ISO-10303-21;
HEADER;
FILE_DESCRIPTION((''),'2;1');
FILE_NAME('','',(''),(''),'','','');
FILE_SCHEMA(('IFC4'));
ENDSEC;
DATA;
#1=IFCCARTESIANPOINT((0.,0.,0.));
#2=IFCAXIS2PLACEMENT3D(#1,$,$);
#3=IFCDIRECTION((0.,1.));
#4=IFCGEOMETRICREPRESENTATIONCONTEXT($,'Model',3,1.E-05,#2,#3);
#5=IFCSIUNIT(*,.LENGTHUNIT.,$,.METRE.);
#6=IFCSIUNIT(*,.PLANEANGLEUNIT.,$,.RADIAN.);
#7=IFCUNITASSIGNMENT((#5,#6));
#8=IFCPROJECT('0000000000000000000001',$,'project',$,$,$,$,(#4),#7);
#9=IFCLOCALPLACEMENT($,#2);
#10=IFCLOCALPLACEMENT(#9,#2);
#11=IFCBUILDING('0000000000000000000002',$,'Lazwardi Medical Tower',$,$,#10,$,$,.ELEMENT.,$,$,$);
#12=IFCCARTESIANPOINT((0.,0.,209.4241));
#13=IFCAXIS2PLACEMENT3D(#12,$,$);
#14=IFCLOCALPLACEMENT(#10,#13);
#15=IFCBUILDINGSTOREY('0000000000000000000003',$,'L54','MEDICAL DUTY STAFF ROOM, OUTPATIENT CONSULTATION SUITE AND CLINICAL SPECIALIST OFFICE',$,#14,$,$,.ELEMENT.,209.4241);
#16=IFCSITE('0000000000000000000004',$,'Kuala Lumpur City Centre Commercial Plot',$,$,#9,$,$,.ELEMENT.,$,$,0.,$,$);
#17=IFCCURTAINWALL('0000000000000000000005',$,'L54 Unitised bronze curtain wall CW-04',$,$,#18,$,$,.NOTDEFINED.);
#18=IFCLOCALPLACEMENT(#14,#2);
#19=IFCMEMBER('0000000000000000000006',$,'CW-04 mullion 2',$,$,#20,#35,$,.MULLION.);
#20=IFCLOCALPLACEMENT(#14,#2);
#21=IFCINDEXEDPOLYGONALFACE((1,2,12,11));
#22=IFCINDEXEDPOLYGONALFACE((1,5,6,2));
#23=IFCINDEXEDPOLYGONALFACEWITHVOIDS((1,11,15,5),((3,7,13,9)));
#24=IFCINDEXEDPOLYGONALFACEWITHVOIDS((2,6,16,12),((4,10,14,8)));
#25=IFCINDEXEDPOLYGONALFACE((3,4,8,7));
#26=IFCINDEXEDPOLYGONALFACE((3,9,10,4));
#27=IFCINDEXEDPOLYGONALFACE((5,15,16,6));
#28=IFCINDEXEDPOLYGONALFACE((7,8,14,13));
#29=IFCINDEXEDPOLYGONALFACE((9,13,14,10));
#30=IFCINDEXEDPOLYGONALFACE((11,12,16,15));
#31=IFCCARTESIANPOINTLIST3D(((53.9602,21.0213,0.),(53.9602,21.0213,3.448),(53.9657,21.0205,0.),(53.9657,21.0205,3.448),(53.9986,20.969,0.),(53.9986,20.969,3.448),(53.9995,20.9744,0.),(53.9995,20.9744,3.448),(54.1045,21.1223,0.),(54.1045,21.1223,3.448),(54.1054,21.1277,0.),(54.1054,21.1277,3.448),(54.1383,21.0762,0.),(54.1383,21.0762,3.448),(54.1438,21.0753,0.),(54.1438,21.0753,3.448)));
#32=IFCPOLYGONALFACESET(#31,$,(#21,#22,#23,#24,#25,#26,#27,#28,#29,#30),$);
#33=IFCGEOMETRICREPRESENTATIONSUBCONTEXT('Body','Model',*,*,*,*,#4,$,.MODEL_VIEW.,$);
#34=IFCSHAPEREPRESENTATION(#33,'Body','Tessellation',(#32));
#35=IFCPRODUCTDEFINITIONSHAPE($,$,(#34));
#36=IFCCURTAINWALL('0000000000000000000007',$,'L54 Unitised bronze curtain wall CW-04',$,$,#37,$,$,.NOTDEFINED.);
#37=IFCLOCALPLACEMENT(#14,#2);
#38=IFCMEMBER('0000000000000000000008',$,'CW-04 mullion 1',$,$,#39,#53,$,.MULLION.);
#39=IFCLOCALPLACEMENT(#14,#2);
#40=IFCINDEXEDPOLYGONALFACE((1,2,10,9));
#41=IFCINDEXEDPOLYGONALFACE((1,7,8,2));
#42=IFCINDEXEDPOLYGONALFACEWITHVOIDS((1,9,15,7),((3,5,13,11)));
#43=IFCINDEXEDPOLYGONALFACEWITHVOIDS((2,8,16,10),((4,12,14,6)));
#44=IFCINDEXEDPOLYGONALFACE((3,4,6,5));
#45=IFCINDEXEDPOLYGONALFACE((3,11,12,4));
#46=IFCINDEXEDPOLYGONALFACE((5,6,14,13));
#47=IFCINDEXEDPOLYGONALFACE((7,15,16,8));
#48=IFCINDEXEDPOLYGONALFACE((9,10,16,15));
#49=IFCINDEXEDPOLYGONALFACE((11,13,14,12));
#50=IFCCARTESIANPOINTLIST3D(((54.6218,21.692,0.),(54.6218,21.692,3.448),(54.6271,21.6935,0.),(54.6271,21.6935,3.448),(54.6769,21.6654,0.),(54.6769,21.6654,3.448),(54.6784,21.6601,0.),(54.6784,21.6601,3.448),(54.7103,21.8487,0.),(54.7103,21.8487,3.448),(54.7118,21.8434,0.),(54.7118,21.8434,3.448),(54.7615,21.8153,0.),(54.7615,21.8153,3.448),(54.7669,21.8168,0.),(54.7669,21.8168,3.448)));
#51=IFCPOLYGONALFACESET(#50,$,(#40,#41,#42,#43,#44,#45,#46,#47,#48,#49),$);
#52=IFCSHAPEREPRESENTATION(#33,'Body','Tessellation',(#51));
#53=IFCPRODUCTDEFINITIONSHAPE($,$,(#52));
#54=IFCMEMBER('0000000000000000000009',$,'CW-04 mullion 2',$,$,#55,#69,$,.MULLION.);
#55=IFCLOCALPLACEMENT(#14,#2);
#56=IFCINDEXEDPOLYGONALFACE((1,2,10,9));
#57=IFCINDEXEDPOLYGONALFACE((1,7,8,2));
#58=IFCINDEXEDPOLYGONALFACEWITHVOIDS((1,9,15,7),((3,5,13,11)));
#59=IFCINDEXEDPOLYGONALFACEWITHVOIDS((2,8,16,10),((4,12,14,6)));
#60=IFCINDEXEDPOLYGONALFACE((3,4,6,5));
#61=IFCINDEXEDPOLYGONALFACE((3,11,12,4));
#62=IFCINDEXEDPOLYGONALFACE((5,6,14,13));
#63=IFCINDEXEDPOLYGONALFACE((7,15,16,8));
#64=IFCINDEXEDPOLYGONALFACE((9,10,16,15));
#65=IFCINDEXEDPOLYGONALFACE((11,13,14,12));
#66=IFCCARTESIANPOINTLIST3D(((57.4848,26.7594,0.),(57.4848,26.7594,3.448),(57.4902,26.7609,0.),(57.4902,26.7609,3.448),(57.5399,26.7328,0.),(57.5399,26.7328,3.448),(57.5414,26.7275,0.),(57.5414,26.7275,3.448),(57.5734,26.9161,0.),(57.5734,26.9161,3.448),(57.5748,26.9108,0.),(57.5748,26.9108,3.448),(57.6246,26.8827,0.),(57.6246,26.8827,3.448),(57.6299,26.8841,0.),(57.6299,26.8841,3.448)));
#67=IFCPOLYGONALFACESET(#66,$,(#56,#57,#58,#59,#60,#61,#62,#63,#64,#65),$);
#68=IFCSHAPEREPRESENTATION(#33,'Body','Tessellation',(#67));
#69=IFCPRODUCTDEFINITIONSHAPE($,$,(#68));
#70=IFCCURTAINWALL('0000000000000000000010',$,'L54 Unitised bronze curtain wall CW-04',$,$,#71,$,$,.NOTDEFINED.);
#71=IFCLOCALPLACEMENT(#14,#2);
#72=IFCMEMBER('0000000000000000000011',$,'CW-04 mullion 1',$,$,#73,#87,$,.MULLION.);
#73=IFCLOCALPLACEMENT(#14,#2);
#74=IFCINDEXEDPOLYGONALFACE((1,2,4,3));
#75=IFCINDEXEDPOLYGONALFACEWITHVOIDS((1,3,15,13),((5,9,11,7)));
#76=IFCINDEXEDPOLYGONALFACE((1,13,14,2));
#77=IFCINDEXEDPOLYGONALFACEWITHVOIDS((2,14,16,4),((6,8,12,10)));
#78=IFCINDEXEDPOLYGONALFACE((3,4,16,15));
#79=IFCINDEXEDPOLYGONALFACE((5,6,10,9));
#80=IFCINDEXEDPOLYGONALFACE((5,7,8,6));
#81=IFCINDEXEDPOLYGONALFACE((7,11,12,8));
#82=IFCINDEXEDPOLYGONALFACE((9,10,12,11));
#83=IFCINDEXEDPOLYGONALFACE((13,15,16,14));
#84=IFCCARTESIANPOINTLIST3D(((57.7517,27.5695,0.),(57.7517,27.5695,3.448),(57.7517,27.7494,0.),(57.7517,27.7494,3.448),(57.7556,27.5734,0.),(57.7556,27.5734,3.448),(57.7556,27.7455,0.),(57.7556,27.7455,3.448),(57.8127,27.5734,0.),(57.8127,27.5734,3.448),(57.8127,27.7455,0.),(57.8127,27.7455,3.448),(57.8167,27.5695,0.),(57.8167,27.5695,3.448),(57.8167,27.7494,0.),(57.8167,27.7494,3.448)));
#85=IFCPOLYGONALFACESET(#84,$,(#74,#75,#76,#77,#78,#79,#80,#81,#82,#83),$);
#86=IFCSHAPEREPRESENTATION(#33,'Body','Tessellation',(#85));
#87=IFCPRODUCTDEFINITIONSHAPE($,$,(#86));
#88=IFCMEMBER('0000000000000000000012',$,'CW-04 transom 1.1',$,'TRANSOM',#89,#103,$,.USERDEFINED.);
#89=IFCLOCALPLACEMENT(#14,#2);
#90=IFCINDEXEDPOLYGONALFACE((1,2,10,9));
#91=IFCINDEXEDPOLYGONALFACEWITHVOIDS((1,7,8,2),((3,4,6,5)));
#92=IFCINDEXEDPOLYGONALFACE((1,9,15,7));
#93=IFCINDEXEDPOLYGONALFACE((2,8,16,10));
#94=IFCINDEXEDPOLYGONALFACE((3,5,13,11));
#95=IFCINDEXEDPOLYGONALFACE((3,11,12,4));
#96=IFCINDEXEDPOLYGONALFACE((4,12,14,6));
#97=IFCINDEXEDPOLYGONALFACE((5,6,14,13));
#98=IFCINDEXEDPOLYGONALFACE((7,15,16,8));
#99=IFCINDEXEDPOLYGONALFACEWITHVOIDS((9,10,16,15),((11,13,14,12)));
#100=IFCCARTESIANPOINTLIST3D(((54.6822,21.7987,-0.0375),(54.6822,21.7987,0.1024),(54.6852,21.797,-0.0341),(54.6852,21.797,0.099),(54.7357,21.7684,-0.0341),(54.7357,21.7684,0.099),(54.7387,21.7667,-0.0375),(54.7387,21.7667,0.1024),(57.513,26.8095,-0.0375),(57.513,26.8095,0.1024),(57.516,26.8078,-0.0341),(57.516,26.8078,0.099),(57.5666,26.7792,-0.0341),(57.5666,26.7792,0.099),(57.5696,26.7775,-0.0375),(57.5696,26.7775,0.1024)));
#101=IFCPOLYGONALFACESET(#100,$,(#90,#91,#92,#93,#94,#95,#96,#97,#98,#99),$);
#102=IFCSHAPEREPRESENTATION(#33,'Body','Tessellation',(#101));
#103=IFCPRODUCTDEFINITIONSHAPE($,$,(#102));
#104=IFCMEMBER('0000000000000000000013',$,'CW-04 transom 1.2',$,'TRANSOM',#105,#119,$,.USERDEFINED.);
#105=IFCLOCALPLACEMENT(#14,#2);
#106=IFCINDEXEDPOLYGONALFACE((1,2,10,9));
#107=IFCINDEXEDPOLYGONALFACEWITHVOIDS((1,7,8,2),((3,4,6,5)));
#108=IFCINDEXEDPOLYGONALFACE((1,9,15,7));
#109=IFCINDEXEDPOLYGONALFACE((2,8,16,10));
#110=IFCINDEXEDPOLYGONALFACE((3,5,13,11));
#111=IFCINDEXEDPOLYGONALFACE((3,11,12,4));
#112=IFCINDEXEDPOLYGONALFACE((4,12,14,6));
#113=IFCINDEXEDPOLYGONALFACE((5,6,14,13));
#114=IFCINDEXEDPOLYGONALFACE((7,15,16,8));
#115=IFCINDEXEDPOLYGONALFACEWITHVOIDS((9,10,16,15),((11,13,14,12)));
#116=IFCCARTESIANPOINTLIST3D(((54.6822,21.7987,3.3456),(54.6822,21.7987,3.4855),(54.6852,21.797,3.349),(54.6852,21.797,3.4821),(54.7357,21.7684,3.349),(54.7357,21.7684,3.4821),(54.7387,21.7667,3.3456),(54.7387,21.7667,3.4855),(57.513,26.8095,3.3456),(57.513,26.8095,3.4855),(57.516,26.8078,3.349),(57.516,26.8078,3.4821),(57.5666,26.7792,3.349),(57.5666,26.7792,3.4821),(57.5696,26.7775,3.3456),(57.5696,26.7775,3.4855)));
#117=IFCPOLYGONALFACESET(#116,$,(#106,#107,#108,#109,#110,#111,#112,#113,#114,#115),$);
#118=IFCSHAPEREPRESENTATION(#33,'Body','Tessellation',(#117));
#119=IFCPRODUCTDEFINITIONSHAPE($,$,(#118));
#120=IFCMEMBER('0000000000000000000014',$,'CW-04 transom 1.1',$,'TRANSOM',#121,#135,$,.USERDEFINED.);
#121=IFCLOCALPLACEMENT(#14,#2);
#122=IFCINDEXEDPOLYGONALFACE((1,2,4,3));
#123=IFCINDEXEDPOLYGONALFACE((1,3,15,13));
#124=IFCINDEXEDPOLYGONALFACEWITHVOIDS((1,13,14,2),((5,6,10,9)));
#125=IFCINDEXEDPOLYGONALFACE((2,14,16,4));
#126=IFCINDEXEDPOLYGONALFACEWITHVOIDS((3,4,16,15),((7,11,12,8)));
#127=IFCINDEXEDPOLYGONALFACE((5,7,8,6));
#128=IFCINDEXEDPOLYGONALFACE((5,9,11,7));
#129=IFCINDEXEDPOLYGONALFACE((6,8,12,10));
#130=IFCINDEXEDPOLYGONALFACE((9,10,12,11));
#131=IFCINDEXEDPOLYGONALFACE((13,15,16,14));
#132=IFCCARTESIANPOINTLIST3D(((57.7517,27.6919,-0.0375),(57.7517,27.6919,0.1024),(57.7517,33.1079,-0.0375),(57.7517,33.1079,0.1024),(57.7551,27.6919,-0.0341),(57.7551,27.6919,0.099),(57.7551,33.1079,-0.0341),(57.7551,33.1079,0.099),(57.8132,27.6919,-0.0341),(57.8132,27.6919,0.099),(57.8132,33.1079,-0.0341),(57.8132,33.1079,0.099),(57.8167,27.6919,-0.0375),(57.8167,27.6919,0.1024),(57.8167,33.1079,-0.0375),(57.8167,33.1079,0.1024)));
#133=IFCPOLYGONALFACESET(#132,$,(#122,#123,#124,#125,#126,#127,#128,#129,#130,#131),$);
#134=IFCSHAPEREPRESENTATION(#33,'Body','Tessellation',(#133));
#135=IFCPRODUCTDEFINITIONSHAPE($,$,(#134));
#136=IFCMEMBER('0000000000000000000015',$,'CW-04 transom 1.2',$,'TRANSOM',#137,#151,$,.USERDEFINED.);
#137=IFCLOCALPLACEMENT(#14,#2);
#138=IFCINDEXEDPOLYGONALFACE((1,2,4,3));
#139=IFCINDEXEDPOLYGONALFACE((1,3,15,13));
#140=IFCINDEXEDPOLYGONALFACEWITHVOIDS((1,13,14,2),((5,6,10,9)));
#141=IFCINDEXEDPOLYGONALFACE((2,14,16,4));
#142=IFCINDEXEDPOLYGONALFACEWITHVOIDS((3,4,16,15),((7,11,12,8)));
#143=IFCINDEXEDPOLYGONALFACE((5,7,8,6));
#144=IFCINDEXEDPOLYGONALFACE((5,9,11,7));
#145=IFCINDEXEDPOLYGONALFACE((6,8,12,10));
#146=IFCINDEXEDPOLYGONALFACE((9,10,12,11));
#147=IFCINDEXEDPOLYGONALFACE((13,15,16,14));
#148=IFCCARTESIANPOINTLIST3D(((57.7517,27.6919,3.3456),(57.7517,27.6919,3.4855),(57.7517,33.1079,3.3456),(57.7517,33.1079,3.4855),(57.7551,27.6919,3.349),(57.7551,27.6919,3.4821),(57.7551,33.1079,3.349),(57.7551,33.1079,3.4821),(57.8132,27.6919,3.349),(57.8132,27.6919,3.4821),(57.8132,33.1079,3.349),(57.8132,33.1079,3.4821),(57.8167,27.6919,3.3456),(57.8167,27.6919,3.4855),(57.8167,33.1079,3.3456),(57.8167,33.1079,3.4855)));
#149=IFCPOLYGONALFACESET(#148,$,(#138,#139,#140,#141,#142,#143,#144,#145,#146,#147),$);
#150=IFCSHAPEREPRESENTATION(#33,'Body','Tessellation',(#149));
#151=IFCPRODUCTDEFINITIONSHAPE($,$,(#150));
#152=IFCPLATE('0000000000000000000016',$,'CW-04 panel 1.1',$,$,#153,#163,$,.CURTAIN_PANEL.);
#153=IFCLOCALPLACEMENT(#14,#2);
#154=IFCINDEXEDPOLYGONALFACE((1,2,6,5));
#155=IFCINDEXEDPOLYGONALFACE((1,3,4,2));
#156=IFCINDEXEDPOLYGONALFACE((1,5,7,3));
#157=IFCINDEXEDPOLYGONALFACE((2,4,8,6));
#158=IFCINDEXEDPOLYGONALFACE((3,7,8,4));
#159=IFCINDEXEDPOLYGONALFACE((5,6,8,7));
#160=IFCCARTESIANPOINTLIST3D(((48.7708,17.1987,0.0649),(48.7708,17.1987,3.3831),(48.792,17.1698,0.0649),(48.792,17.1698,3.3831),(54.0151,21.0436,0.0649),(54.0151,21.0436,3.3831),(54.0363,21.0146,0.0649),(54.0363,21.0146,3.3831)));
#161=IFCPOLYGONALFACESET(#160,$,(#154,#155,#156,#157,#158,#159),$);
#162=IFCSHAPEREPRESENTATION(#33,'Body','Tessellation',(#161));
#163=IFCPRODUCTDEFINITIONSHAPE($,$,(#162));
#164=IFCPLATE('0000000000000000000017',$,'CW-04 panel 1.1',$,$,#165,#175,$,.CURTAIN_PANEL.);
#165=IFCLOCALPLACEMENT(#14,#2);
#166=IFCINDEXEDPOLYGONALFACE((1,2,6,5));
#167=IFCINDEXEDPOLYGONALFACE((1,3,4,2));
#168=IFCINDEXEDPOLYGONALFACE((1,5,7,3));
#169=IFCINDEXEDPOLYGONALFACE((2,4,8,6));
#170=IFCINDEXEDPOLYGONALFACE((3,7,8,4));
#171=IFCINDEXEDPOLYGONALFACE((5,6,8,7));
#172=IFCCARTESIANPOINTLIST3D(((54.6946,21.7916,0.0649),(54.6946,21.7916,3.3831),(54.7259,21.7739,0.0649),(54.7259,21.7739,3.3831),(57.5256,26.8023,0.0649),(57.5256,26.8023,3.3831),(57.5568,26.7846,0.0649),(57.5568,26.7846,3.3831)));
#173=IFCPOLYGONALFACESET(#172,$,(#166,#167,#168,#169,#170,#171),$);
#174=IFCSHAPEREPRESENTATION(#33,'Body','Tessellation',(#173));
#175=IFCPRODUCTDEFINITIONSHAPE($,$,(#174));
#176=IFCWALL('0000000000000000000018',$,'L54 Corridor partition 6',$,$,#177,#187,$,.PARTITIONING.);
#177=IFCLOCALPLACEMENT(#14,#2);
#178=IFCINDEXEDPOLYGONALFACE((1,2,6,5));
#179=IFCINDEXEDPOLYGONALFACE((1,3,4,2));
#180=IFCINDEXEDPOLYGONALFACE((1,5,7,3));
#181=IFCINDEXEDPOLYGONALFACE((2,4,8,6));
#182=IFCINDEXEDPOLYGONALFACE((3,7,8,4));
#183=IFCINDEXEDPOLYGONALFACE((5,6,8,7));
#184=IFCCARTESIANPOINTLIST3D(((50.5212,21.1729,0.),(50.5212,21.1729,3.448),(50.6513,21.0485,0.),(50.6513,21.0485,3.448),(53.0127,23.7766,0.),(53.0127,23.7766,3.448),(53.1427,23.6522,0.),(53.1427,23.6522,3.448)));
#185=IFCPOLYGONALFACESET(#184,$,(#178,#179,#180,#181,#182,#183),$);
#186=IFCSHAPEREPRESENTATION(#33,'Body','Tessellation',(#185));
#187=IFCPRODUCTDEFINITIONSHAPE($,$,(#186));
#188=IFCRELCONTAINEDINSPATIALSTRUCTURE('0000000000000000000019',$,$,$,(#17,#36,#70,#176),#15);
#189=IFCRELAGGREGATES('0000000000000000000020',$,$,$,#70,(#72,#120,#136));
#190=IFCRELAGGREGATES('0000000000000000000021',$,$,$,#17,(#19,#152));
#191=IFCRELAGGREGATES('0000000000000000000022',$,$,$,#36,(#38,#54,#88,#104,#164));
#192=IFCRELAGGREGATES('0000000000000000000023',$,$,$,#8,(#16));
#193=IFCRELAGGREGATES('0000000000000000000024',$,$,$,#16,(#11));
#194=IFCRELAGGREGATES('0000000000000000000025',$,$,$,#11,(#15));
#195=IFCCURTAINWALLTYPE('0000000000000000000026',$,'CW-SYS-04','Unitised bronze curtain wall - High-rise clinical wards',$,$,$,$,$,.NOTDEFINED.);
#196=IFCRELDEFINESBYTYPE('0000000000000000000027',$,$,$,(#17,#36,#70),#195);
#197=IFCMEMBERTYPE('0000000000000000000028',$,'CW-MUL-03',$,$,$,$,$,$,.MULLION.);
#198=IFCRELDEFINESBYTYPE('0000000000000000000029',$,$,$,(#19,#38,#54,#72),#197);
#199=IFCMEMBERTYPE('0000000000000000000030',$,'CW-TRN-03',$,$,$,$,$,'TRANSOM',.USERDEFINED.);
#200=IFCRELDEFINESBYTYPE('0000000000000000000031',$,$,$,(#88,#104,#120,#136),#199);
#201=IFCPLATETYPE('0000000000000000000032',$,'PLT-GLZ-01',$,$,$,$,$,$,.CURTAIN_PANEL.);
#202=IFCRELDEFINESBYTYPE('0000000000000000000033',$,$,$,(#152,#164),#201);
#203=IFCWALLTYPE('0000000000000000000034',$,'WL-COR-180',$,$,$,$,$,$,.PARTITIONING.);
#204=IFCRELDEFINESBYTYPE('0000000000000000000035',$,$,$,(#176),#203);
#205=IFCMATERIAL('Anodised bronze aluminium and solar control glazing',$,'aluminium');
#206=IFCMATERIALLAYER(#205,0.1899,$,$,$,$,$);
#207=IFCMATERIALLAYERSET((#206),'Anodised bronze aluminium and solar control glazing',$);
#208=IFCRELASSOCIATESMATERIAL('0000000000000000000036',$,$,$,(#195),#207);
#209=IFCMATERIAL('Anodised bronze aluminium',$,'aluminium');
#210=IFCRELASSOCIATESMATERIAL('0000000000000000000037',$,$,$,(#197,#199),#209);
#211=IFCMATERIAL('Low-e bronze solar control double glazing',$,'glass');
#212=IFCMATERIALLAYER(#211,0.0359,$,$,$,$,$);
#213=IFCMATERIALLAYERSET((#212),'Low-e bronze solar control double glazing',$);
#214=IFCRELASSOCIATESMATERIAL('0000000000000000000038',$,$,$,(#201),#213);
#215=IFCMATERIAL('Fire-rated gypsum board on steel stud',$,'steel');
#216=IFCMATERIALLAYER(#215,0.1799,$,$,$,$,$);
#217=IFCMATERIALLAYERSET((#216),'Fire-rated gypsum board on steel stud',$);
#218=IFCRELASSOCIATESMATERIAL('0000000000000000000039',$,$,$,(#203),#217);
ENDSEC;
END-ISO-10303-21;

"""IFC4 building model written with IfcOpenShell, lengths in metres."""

from ifc_helpers import new_model, si_unit, direction, frame, frame_2d, origin, origin_2d, place, context, subcontext, project, spatial, rectangle, hollow_rectangle, extrude, material, layer, layer_set, material_profile, profile_set, type_object, element, aggregate, save


model = new_model("IFC4")

# Units and contexts
model_context = context("Model", 3, precision=1e-05, world=origin(), true_north=direction((0.0, 1.0)))
body_context = subcontext(model_context, "Body", "Model", "MODEL_VIEW")
ifc_project = project(units=[si_unit("LENGTHUNIT", "METRE"), si_unit("PLANEANGLEUNIT", "RADIAN")], contexts=[model_context])

# Site, building, storey
site_placement = place(None, origin())
site = spatial("IfcSite", under=ifc_project, at=site_placement, Name="Kuala Lumpur City Centre Commercial Plot", CompositionType="ELEMENT", RefElevation=0.0)
building_placement = place(site_placement, origin())
building = spatial("IfcBuilding", under=site, at=building_placement, Name="Lazwardi Medical Tower", CompositionType="ELEMENT")
storey_placement = place(building_placement, frame((0.0, 0.0, 209.4241)))
storey = spatial("IfcBuildingStorey", under=building, at=storey_placement, Name="L54", Description="MEDICAL DUTY STAFF ROOM, OUTPATIENT CONSULTATION SUITE AND CLINICAL SPECIALIST OFFICE", CompositionType="ELEMENT", Elevation=209.4241)

# Curtain wall, member
ifc_material_1 = material(Name="Anodised bronze aluminium and solar control glazing", Category="aluminium")
ifc_layer_1 = layer(ifc_material_1, 0.1899)
ifc_layer_set_1 = layer_set([ifc_layer_1], Name="Anodised bronze aluminium and solar control glazing")
curtain_wall_type = type_object("IfcCurtainWallType", Name="CW-SYS-04", Description="Unitised bronze curtain wall - High-rise clinical wards", PredefinedType="NOTDEFINED", material=ifc_layer_set_1)
curtain_wall_1_placement = place(storey_placement, origin())
curtain_wall_1 = element("IfcCurtainWall", 1, at=curtain_wall_1_placement, inside=storey, type_object=curtain_wall_type, Name="L54 Unitised bronze curtain wall CW-04", PredefinedType="NOTDEFINED")
ifc_material_2 = material(Name="Anodised bronze aluminium", Category="aluminium")
ifc_material_profile_1 = material_profile(ifc_material_2, hollow_rectangle(XDim=0.0649, YDim=0.1799, WallThickness=0.0039, at=origin_2d()), Name="ALU-MULLION 180x65x4")
ifc_profile_set_1 = profile_set([ifc_material_profile_1], Name="Anodised bronze aluminium")
member_type_1 = type_object("IfcMemberType", Name="CW-MUL-03", PredefinedType="MULLION", material=ifc_profile_set_1)
member_1_placement = place(storey_placement, frame((54.052, 21.0483, 0.0), z_axis=(0.0, 0.0, 1.0), x_axis=(-0.591268, 0.806475, 0.0)))
member_1 = element("IfcMember", 2, at=member_1_placement, type_object=member_type_1, Name="CW-04 mullion 2", PredefinedType="MULLION", context=body_context, shape_type="SweptSolid", body=[
    extrude(hollow_rectangle(XDim=0.0649, YDim=0.1799, WallThickness=0.0039, at=origin_2d()), origin(), (0.0, 0.0, 1.0), 3.448),
])

# Curtain wall, members
curtain_wall_2_placement = place(storey_placement, origin())
curtain_wall_2 = element("IfcCurtainWall", 3, at=curtain_wall_2_placement, inside=storey, type_object=curtain_wall_type, Name="L54 Unitised bronze curtain wall CW-04", PredefinedType="NOTDEFINED")
member_2_placement = place(storey_placement, frame((54.6943, 21.7544, 0.0), z_axis=(0.0, 0.0, 1.0), x_axis=(-0.870651, 0.4919, 0.0)))
member_2 = element("IfcMember", 4, at=member_2_placement, type_object=member_type_1, Name="CW-04 mullion 1", PredefinedType="MULLION", context=body_context, shape_type="SweptSolid", body=[
    extrude(hollow_rectangle(XDim=0.0649, YDim=0.1799, WallThickness=0.0039, at=origin_2d()), origin(), (0.0, 0.0, 1.0), 3.448),
])
member_3_placement = place(storey_placement, frame((57.5574, 26.8218, 0.0), z_axis=(0.0, 0.0, 1.0), x_axis=(-0.870651, 0.4919, 0.0)))
member_3 = element("IfcMember", 5, at=member_3_placement, type_object=member_type_1, Name="CW-04 mullion 2", PredefinedType="MULLION", context=body_context, shape_type="SweptSolid", body=[
    extrude(hollow_rectangle(XDim=0.0649, YDim=0.1799, WallThickness=0.0039, at=origin_2d()), origin(), (0.0, 0.0, 1.0), 3.448),
])

# Curtain wall, member
curtain_wall_3_placement = place(storey_placement, origin())
curtain_wall_3 = element("IfcCurtainWall", 6, at=curtain_wall_3_placement, inside=storey, type_object=curtain_wall_type, Name="L54 Unitised bronze curtain wall CW-04", PredefinedType="NOTDEFINED")
member_4_placement = place(storey_placement, frame((57.7842, 27.6594, 0.0), z_axis=(0.0, 0.0, 1.0), x_axis=(-1.0, 0.0, 0.0)))
member_4 = element("IfcMember", 7, at=member_4_placement, type_object=member_type_1, Name="CW-04 mullion 1", PredefinedType="MULLION", context=body_context, shape_type="SweptSolid", body=[
    extrude(hollow_rectangle(XDim=0.0649, YDim=0.1799, WallThickness=0.0039, at=origin_2d()), origin(), (0.0, 0.0, 1.0), 3.448),
])

# Members
ifc_material_profile_2 = material_profile(ifc_material_2, hollow_rectangle(XDim=0.0649, YDim=0.1399, WallThickness=0.0034, at=origin_2d()), Name="ALU-TRANSOM 140x65x3.5")
ifc_profile_set_2 = profile_set([ifc_material_profile_2], Name="Anodised bronze aluminium")
member_type_2 = type_object("IfcMemberType", Name="CW-TRN-03", ElementType="TRANSOM", PredefinedType="USERDEFINED", material=ifc_profile_set_2)
member_5_placement = place(storey_placement, frame((54.7104, 21.7827, 0.0325), z_axis=(0.49188, 0.870663, 0.0), x_axis=(-0.870663, 0.49188, 0.0)))
member_5 = element("IfcMember", 8, at=member_5_placement, type_object=member_type_2, Name="CW-04 transom 1.1", ObjectType="TRANSOM", PredefinedType="USERDEFINED", context=body_context, shape_type="SweptSolid", body=[
    extrude(hollow_rectangle(XDim=0.0649, YDim=0.1399, WallThickness=0.0034, at=origin_2d()), origin(), (0.0, 0.0, 1.0), 5.7551),
])
member_6_placement = place(storey_placement, frame((54.7104, 21.7827, 3.4155), z_axis=(0.49188, 0.870663, 0.0), x_axis=(-0.870663, 0.49188, 0.0)))
member_6 = element("IfcMember", 9, at=member_6_placement, type_object=member_type_2, Name="CW-04 transom 1.2", ObjectType="TRANSOM", PredefinedType="USERDEFINED", context=body_context, shape_type="SweptSolid", body=[
    extrude(hollow_rectangle(XDim=0.0649, YDim=0.1399, WallThickness=0.0034, at=origin_2d()), origin(), (0.0, 0.0, 1.0), 5.7551),
])
member_7_placement = place(storey_placement, frame((57.7842, 27.6919, 0.0325), z_axis=(0.0, 1.0, 0.0), x_axis=(-1.0, 0.0, 0.0)))
member_7 = element("IfcMember", 10, at=member_7_placement, type_object=member_type_2, Name="CW-04 transom 1.1", ObjectType="TRANSOM", PredefinedType="USERDEFINED", context=body_context, shape_type="SweptSolid", body=[
    extrude(hollow_rectangle(XDim=0.0649, YDim=0.1399, WallThickness=0.0034, at=origin_2d()), origin(), (0.0, 0.0, 1.0), 5.416),
])
member_8_placement = place(storey_placement, frame((57.7842, 27.6919, 3.4155), z_axis=(0.0, 1.0, 0.0), x_axis=(-1.0, 0.0, 0.0)))
member_8 = element("IfcMember", 11, at=member_8_placement, type_object=member_type_2, Name="CW-04 transom 1.2", ObjectType="TRANSOM", PredefinedType="USERDEFINED", context=body_context, shape_type="SweptSolid", body=[
    extrude(hollow_rectangle(XDim=0.0649, YDim=0.1399, WallThickness=0.0034, at=origin_2d()), origin(), (0.0, 0.0, 1.0), 5.416),
])
aggregate(curtain_wall_3, [member_4, member_7, member_8])

# Plates
ifc_material_3 = material(Name="Low-e bronze solar control double glazing", Category="glass")
ifc_layer_2 = layer(ifc_material_3, 0.0359)
ifc_layer_set_2 = layer_set([ifc_layer_2], Name="Low-e bronze solar control double glazing")
plate_type = type_object("IfcPlateType", Name="PLT-GLZ-01", PredefinedType="CURTAIN_PANEL", material=ifc_layer_set_2)
plate_1_placement = place(storey_placement, frame((51.4036, 19.1067, 0.0649), z_axis=(0.0, 0.0, 1.0), x_axis=(0.806475, 0.591268, 0.0)))
plate_1 = element("IfcPlate", 12, at=plate_1_placement, type_object=plate_type, Name="CW-04 panel 1.1", PredefinedType="CURTAIN_PANEL", context=body_context, shape_type="SweptSolid", body=[
    extrude(rectangle(XDim=6.5027, YDim=0.0359, at=origin_2d()), origin(), (0.0, 0.0, 1.0), 3.3181),
])
aggregate(curtain_wall_1, [member_1, plate_1])
plate_2_placement = place(storey_placement, frame((56.1257, 24.2881, 0.0649), z_axis=(0.0, 0.0, 1.0), x_axis=(0.4919, 0.870651, 0.0)))
plate_2 = element("IfcPlate", 13, at=plate_2_placement, type_object=plate_type, Name="CW-04 panel 1.1", PredefinedType="CURTAIN_PANEL", context=body_context, shape_type="SweptSolid", body=[
    extrude(rectangle(XDim=5.7551, YDim=0.0359, at=origin_2d()), origin(), (0.0, 0.0, 1.0), 3.3181),
])
aggregate(curtain_wall_2, [member_2, member_3, member_5, member_6, plate_2])

# Wall
ifc_material_4 = material(Name="Fire-rated gypsum board on steel stud", Category="steel")
ifc_layer_3 = layer(ifc_material_4, 0.1799)
ifc_layer_set_3 = layer_set([ifc_layer_3], Name="Fire-rated gypsum board on steel stud")
wall_type_1 = type_object("IfcWallType", Name="WL-COR-180", PredefinedType="PARTITIONING", material=ifc_layer_set_3)
wall_1_placement = place(storey_placement, frame((53.0776, 23.7144, 0.0), z_axis=(0.0, 0.0, 1.0), x_axis=(-0.691353, -0.722517, 0.0)))
element("IfcWall", 14, at=wall_1_placement, inside=storey, type_object=wall_type_1, Name="L54 Corridor partition 6", PredefinedType="PARTITIONING", context=body_context, shape_type="SweptSolid", body=[
    extrude(rectangle(XDim=3.6038, YDim=0.1799, at=frame_2d((1.8018, 0.0))), origin(), (0.0, 0.0, 1.0), 3.448),
])

save(model, "model.ifc")
